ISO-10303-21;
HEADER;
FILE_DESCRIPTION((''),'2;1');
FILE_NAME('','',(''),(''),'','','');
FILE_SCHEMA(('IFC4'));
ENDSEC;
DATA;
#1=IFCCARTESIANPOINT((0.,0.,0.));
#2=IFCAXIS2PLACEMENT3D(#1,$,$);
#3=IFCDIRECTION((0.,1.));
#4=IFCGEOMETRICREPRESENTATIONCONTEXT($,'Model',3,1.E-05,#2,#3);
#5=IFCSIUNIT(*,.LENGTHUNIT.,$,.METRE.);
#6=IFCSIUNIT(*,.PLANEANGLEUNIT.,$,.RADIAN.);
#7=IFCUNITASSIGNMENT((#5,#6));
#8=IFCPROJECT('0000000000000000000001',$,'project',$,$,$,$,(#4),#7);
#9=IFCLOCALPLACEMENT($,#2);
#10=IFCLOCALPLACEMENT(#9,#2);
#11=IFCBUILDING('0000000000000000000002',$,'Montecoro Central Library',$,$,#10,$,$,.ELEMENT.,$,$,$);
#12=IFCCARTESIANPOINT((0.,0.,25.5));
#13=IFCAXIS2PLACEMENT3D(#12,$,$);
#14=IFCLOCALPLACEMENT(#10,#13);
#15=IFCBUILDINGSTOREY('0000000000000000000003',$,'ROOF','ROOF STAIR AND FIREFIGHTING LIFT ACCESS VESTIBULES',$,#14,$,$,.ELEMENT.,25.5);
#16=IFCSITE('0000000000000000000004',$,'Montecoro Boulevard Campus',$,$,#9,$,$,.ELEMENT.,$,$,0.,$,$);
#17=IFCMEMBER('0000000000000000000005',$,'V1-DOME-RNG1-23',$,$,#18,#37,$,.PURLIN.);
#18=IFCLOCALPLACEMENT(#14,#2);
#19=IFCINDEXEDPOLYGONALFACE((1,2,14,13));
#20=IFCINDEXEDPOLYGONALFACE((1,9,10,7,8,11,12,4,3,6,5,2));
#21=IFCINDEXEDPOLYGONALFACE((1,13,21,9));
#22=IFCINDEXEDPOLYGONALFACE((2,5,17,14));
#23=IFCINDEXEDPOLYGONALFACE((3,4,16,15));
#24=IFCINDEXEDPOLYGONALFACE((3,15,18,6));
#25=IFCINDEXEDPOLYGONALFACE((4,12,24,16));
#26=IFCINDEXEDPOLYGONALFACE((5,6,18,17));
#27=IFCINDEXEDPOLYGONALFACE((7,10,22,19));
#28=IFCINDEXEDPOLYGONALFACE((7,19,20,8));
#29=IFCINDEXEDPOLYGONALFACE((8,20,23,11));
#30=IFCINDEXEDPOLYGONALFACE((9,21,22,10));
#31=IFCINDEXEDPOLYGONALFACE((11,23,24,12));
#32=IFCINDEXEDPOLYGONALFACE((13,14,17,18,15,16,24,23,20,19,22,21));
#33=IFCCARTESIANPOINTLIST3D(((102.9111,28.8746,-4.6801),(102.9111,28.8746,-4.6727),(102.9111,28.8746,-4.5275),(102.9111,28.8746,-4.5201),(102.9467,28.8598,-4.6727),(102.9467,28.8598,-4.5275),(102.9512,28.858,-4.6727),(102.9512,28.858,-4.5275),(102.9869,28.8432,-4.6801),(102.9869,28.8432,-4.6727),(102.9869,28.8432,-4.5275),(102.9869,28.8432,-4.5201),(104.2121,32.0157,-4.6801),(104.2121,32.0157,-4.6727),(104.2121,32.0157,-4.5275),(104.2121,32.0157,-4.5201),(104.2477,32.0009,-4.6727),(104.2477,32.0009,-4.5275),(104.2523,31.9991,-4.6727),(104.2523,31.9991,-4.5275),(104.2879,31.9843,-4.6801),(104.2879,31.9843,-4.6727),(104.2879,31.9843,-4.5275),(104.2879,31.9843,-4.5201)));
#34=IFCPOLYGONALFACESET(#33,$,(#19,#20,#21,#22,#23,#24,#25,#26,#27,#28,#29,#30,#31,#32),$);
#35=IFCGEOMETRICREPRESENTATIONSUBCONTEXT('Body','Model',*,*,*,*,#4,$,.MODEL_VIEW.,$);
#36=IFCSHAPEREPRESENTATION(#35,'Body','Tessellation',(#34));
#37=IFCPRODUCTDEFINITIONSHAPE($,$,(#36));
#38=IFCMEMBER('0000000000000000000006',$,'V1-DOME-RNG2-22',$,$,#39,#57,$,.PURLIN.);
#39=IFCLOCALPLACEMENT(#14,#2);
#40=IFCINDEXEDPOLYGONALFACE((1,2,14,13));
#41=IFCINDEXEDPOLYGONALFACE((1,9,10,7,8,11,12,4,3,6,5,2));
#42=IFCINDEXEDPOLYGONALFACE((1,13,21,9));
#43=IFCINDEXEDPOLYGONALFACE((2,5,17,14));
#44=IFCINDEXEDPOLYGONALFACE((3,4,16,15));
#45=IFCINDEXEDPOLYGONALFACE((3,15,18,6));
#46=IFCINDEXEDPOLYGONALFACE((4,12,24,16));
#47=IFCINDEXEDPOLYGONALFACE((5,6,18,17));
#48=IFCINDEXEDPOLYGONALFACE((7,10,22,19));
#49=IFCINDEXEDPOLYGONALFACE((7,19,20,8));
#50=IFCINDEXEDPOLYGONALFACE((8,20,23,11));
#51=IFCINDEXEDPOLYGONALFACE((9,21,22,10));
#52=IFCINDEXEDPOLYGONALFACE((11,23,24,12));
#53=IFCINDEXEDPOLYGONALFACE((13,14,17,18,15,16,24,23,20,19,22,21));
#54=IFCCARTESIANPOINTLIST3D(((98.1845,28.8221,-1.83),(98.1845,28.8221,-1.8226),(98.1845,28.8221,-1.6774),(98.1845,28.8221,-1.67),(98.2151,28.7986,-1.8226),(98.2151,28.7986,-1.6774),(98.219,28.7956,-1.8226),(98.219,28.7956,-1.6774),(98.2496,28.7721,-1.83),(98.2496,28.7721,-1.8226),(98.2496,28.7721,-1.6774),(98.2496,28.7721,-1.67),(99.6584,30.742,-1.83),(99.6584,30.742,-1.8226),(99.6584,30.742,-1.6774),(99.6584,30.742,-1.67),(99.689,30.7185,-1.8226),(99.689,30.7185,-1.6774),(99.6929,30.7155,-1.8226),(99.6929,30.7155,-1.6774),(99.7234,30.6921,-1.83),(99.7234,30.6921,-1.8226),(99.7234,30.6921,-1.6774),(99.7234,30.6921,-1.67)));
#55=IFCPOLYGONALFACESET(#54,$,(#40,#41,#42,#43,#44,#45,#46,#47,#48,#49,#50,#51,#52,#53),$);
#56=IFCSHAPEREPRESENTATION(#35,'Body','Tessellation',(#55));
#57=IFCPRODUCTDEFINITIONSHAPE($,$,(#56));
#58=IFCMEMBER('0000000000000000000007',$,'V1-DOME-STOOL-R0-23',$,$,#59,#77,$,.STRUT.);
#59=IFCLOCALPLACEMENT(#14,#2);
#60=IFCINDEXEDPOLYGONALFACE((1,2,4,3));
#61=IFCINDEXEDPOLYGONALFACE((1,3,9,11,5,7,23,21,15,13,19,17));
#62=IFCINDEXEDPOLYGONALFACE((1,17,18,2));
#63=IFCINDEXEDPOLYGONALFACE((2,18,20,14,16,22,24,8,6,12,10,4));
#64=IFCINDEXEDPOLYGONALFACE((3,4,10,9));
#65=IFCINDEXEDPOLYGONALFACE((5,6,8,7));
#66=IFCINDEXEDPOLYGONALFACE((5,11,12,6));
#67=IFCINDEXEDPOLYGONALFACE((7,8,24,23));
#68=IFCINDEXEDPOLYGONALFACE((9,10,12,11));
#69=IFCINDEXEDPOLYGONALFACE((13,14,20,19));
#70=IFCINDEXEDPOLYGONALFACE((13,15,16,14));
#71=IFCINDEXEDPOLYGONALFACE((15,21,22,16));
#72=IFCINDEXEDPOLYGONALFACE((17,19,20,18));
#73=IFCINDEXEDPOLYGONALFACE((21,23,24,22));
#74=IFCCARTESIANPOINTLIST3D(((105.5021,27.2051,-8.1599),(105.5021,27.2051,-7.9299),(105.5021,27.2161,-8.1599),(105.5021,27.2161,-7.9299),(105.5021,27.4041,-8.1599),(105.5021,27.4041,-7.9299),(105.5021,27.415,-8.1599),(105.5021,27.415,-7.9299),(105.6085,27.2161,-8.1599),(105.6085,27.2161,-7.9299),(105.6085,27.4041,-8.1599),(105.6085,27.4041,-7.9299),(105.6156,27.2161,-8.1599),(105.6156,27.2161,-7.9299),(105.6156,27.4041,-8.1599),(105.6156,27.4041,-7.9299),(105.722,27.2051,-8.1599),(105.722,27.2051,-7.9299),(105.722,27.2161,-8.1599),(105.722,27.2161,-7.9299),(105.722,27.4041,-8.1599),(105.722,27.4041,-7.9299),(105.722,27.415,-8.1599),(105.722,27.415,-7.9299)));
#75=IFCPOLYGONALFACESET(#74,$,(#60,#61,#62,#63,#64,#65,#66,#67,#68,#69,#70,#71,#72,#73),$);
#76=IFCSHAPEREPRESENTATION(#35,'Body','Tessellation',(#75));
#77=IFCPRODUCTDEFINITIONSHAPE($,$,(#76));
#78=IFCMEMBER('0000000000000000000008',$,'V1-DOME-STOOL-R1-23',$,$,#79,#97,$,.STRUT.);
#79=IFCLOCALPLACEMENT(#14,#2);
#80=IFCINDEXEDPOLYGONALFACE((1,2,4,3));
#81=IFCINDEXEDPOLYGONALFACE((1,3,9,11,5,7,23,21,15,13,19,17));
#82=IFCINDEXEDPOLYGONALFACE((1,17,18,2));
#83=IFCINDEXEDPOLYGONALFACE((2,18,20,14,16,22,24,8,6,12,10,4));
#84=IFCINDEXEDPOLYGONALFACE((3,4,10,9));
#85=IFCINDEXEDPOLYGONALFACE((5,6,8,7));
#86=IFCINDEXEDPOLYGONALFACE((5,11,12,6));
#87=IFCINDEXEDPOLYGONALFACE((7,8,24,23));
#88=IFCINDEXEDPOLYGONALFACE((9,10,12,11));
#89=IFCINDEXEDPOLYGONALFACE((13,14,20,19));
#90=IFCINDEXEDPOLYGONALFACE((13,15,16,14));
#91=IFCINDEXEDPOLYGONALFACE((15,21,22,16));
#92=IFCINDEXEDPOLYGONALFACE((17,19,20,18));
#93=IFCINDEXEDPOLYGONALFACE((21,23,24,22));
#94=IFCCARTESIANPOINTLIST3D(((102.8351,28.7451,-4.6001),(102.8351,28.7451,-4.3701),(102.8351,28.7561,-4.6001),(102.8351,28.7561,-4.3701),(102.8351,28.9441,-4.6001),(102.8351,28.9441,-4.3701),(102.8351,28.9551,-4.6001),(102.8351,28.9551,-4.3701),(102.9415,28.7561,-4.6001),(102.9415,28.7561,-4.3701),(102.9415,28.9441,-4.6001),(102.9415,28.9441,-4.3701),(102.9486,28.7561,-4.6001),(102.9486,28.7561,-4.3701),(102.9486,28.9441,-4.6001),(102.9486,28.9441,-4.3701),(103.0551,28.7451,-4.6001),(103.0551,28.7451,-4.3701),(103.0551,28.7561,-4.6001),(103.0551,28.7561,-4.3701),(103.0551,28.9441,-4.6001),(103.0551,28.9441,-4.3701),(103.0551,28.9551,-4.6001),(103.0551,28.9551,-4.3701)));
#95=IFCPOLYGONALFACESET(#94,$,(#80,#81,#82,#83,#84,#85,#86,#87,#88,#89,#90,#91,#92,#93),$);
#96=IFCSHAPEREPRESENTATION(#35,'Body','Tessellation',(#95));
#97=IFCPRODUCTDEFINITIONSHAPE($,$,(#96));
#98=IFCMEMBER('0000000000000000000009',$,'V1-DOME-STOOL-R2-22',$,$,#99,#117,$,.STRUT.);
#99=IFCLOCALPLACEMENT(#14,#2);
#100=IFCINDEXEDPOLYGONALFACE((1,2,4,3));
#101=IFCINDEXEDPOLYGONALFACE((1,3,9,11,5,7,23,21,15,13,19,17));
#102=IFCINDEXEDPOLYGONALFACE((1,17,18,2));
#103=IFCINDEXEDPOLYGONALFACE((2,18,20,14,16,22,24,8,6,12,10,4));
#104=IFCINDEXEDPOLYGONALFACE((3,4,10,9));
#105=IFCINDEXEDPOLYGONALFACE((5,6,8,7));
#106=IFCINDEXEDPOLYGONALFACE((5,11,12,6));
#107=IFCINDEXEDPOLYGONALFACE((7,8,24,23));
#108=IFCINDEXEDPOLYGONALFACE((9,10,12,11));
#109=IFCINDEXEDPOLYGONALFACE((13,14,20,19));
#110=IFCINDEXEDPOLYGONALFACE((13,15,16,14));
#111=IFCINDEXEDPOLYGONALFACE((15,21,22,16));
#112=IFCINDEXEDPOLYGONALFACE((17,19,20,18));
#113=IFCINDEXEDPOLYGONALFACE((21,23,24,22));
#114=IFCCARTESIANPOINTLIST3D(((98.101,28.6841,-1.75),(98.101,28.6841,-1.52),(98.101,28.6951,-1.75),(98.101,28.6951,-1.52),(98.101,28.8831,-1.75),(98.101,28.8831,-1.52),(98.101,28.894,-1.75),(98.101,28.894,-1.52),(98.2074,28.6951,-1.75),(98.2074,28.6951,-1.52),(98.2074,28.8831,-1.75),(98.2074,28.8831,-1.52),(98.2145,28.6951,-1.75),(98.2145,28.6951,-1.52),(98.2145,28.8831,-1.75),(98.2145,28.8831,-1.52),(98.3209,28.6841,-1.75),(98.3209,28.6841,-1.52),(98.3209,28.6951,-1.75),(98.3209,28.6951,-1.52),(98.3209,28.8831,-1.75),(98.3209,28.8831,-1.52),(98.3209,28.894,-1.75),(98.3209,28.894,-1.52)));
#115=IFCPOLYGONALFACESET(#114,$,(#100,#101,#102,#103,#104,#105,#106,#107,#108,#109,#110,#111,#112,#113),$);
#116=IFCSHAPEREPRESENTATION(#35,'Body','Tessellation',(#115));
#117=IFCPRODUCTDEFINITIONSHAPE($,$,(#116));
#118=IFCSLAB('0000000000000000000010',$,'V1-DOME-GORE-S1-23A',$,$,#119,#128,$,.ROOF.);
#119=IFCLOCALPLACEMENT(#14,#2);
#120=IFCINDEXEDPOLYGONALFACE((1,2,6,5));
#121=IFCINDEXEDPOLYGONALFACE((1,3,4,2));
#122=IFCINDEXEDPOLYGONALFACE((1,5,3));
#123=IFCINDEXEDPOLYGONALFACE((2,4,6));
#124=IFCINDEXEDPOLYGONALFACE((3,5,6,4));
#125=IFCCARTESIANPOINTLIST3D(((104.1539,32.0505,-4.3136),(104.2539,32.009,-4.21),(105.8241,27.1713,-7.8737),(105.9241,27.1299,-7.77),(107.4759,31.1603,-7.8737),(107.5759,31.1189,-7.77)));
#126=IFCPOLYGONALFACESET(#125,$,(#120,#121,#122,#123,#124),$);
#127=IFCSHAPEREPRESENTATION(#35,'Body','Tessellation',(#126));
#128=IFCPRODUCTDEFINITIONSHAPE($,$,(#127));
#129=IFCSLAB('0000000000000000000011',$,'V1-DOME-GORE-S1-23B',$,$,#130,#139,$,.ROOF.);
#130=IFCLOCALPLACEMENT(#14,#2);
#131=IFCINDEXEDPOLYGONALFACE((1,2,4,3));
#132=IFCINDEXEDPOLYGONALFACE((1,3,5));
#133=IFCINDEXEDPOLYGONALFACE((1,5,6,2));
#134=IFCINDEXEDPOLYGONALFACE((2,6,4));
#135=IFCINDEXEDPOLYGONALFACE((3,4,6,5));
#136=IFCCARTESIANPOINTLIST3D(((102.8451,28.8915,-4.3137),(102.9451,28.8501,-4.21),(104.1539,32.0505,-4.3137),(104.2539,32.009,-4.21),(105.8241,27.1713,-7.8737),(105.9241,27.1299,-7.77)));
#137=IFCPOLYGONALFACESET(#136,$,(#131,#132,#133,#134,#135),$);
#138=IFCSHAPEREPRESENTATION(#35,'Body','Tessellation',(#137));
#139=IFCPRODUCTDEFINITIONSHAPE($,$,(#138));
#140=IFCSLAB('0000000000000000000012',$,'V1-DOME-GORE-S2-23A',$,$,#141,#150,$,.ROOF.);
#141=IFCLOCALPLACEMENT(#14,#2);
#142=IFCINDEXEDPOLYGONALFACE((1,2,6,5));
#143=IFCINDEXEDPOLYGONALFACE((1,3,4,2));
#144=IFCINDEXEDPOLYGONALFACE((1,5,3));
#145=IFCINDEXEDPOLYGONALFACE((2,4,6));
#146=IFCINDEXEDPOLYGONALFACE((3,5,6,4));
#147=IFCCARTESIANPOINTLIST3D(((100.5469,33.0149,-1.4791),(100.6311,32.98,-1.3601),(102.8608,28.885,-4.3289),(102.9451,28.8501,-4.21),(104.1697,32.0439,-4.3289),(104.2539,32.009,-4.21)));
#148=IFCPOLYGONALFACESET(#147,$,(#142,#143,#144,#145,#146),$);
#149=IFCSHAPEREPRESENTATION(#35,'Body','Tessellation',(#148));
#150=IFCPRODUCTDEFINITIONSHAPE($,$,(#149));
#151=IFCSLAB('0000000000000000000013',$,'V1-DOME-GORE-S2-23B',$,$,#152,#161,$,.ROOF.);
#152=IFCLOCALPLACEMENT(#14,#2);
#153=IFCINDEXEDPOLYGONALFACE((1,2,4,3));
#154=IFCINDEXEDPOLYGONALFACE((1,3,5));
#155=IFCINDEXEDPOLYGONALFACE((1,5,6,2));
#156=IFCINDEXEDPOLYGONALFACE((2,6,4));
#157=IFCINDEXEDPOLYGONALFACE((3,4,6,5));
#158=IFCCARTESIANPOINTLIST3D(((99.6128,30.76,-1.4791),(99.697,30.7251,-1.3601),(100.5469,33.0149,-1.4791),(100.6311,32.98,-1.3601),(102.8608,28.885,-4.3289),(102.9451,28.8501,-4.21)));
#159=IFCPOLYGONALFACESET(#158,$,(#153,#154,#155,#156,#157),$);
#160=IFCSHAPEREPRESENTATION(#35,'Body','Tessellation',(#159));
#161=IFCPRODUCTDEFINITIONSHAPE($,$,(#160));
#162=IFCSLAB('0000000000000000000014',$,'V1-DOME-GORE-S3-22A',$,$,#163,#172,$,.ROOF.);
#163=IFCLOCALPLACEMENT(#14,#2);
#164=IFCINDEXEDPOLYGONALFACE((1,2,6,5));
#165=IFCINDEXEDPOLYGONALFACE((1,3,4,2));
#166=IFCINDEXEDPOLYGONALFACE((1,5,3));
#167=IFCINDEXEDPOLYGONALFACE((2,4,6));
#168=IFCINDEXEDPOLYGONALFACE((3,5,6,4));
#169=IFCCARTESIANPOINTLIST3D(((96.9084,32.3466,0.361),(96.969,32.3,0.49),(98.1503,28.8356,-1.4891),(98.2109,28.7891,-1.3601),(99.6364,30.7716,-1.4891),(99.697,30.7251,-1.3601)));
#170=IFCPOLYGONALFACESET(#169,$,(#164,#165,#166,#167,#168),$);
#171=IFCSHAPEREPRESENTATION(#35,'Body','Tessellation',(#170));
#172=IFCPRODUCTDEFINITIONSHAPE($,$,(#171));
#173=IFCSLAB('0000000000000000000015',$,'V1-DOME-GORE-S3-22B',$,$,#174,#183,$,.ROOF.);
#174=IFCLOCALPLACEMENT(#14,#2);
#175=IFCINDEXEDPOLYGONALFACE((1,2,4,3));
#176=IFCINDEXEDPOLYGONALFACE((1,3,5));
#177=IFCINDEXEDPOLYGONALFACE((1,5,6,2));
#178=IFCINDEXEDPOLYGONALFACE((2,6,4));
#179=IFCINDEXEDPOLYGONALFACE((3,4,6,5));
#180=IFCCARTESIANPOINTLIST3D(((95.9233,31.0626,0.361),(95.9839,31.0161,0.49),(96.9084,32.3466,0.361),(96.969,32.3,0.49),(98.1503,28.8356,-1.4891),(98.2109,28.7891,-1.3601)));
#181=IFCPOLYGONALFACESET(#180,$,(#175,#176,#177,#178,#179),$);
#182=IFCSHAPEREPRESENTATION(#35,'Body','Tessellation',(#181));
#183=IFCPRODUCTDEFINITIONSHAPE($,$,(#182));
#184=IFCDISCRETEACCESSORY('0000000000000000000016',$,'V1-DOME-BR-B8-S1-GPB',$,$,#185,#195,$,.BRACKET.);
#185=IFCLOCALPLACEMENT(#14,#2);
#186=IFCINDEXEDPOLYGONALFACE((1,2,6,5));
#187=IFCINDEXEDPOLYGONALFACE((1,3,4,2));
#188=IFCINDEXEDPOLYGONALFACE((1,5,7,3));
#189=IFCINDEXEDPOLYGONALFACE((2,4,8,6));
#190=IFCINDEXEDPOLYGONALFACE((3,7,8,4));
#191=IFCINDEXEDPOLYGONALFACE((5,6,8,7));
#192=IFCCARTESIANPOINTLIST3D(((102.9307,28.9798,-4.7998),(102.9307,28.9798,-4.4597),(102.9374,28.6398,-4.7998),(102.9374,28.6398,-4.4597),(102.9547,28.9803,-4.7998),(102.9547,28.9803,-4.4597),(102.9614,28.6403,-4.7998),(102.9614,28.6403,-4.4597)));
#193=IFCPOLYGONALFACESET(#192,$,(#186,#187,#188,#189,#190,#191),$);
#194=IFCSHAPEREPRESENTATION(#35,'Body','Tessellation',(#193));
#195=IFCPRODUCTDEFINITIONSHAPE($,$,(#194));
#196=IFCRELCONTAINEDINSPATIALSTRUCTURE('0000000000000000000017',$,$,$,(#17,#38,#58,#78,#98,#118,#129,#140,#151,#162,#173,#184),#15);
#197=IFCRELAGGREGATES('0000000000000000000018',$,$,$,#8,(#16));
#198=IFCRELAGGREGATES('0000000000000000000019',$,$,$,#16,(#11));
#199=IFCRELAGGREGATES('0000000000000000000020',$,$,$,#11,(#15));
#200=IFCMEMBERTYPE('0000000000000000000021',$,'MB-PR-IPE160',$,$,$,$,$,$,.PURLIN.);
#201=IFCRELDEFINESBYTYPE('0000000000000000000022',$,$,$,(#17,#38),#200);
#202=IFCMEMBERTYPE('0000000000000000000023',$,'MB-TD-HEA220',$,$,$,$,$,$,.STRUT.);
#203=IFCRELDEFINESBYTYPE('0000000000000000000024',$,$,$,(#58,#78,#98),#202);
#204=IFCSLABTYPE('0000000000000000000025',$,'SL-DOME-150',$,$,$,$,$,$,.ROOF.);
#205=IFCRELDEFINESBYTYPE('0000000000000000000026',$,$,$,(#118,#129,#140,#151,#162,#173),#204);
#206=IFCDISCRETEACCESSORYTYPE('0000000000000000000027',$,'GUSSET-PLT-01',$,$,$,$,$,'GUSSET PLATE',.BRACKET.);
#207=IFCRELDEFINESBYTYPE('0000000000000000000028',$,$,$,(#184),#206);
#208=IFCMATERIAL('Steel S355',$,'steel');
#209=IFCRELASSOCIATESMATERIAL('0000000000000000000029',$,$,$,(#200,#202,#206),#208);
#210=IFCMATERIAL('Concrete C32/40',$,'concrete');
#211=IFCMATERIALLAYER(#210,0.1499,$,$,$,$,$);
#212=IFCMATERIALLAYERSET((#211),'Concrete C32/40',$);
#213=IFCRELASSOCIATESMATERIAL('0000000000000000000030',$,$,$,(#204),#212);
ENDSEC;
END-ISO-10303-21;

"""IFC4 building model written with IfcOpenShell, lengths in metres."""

from ifc_helpers import new_model, si_unit, direction, frame, origin, origin_2d, place, context, subcontext, project, spatial, polyline, rectangle, i_section, outline, extrude, material, layer, layer_set, material_profile, profile_set, type_object, element, save


model = new_model("IFC4")

# Units and contexts
model_context = context("Model", 3, precision=1e-05, world=origin(), true_north=direction((0.0, 1.0)))
body_context = subcontext(model_context, "Body", "Model", "MODEL_VIEW")
ifc_project = project(units=[si_unit("LENGTHUNIT", "METRE"), si_unit("PLANEANGLEUNIT", "RADIAN")], contexts=[model_context])

# Site, building, storey
site_placement = place(None, origin())
site = spatial("IfcSite", under=ifc_project, at=site_placement, Name="Montecoro Boulevard Campus", CompositionType="ELEMENT", RefElevation=0.0)
building_placement = place(site_placement, origin())
building = spatial("IfcBuilding", under=site, at=building_placement, Name="Montecoro Central Library", CompositionType="ELEMENT")
storey_placement = place(building_placement, frame((0.0, 0.0, 25.5)))
storey = spatial("IfcBuildingStorey", under=building, at=storey_placement, Name="ROOF", Description="ROOF STAIR AND FIREFIGHTING LIFT ACCESS VESTIBULES", CompositionType="ELEMENT", Elevation=25.5)

# Members
ifc_material_1 = material(Name="Steel S355", Category="steel")
ifc_material_profile_1 = material_profile(ifc_material_1, i_section(OverallWidth=0.082, OverallDepth=0.1599, WebThickness=0.0049, FlangeThickness=0.0073, at=origin_2d()), Name="IPE 160")
ifc_profile_set_1 = profile_set([ifc_material_profile_1], Name="Steel S355")
member_type_1 = type_object("IfcMemberType", Name="MB-PR-IPE160", PredefinedType="PURLIN", material=ifc_profile_set_1)
for number, where, z_axis, x_axis, name in (
    (1, (102.949, 28.8589, -4.6001), (0.382667, 0.923886, 0.0), (-0.923886, 0.382667, 0.0), "V1-DOME-RNG1-23"),
):
    element("IfcMember", number, at=place(storey_placement, frame(where, z_axis=z_axis, x_axis=x_axis)), inside=storey, type_object=member_type_1, Name=name, PredefinedType="PURLIN", context=body_context, shape_type="SweptSolid", body=[
        extrude(i_section(OverallWidth=0.082, OverallDepth=0.1599, WebThickness=0.0049, FlangeThickness=0.0073, at=origin_2d()), origin(), (0.0, 0.0, 1.0), 3.3999),
    ])
member_1_placement = place(storey_placement, frame((98.217, 28.7971, -1.75), z_axis=(0.608935, 0.79322, 0.0), x_axis=(-0.79322, 0.608935, 0.0)))
element("IfcMember", 2, at=member_1_placement, inside=storey, type_object=member_type_1, Name="V1-DOME-RNG2-22", PredefinedType="PURLIN", context=body_context, shape_type="SweptSolid", body=[
    extrude(i_section(OverallWidth=0.082, OverallDepth=0.1599, WebThickness=0.0049, FlangeThickness=0.0073, at=origin_2d()), origin(), (0.0, 0.0, 1.0), 2.4204),
])
ifc_material_profile_2 = material_profile(ifc_material_1, i_section(OverallWidth=0.22, OverallDepth=0.21, WebThickness=0.0071, FlangeThickness=0.011, at=origin_2d()), Name="HEA 220")
ifc_profile_set_2 = profile_set([ifc_material_profile_2], Name="Steel S355")
member_type_2 = type_object("IfcMemberType", Name="MB-TD-HEA220", PredefinedType="STRUT", material=ifc_profile_set_2)
for number, where, z_axis, x_axis, name in (
    (3, (105.6121, 27.3101, -8.1599), (0.0, 0.0, 1.0), (1.0, 0.0, 0.0), "V1-DOME-STOOL-R0-23"),
    (4, (102.9451, 28.8501, -4.6001), (0.0, 0.0, 1.0), (1.0, 0.0, 0.0), "V1-DOME-STOOL-R1-23"),
    (5, (98.2109, 28.7891, -1.75), (0.0, 0.0, 1.0), (1.0, 0.0, 0.0), "V1-DOME-STOOL-R2-22"),
):
    element("IfcMember", number, at=place(storey_placement, frame(where, z_axis=z_axis, x_axis=x_axis)), inside=storey, type_object=member_type_2, Name=name, PredefinedType="STRUT", context=body_context, shape_type="SweptSolid", body=[
        extrude(i_section(OverallWidth=0.22, OverallDepth=0.21, WebThickness=0.0071, FlangeThickness=0.011, at=origin_2d()), origin(), (0.0, 0.0, 1.0), 0.23),
    ])

# Slabs
ifc_material_2 = material(Name="Concrete C32/40", Category="concrete")
ifc_layer = layer(ifc_material_2, 0.1499)
ifc_layer_set = layer_set([ifc_layer], Name="Concrete C32/40")
slab_type = type_object("IfcSlabType", Name="SL-DOME-150", PredefinedType="ROOF", material=ifc_layer_set)
slab_1_placement = place(storey_placement, frame((105.9241, 27.1299, -7.77), z_axis=(0.667234, -0.276302, 0.691705), x_axis=(0.382595, 0.923916, 0.0)))
element("IfcSlab", 6, at=slab_1_placement, inside=storey, type_object=slab_type, Name="V1-DOME-GORE-S1-23A", PredefinedType="ROOF", context=body_context, shape_type="SweptSolid", body=[
    extrude(outline(polyline([(0.0, 0.0), (4.3175, 0.0), (3.8689, 4.9296), (0.0, 0.0)])), origin(), (0.0, 0.0, -1.0), 0.1499),
])
slab_2_placement = place(storey_placement, frame((105.9241, 27.1299, -7.77), z_axis=(0.66711, -0.276403, 0.691785), x_axis=(-0.266521, 0.778603, 0.568106)))
element("IfcSlab", 7, at=slab_2_placement, inside=storey, type_object=slab_type, Name="V1-DOME-GORE-S1-23B", PredefinedType="ROOF", context=body_context, shape_type="SweptSolid", body=[
    extrude(outline(polyline([(0.0, 0.0), (6.2665, 0.0), (4.1558, 2.6901), (0.0, 0.0)])), origin(), (0.0, 0.0, -1.0), 0.1499),
])
slab_3_placement = place(storey_placement, frame((102.9451, 28.8501, -4.21), z_axis=(0.561966, -0.232839, 0.793713), x_axis=(0.382774, 0.923842, 0.0)))
element("IfcSlab", 8, at=slab_3_placement, inside=storey, type_object=slab_type, Name="V1-DOME-GORE-S2-23A", PredefinedType="ROOF", context=body_context, shape_type="SweptSolid", body=[
    extrude(outline(polyline([(0.0, 0.0), (3.4193, 0.0), (2.9296, 4.685), (0.0, 0.0)])), origin(), (0.0, 0.0, -1.0), 0.1499),
])
slab_4_placement = place(storey_placement, frame((102.9451, 28.8501, -4.21), z_axis=(0.562001, -0.232808, 0.793697), x_axis=(-0.418773, 0.747412, 0.515756)))
element("IfcSlab", 9, at=slab_4_placement, inside=storey, type_object=slab_type, Name="V1-DOME-GORE-S2-23B", PredefinedType="ROOF", context=body_context, shape_type="SweptSolid", body=[
    extrude(outline(polyline([(0.0, 0.0), (5.5256, 0.0), (4.2314, 2.0693), (0.0, 0.0)])), origin(), (0.0, 0.0, -1.0), 0.1499),
])
slab_5_placement = place(storey_placement, frame((98.2109, 28.7891, -1.3601), z_axis=(0.404311, -0.310345, 0.86036), x_axis=(0.608893, 0.793252, 0.0)))
element("IfcSlab", 10, at=slab_5_placement, inside=storey, type_object=slab_type, Name="V1-DOME-GORE-S3-22A", PredefinedType="ROOF", context=body_context, shape_type="SweptSolid", body=[
    extrude(outline(polyline([(0.0, 0.0), (2.4406, 0.0), (2.0289, 3.6299), (0.0, 0.0)])), origin(), (0.0, 0.0, -1.0), 0.1499),
])
slab_6_placement = place(storey_placement, frame((98.2109, 28.7891, -1.3601), z_axis=(0.404417, -0.310292, 0.860329), x_axis=(-0.298659, 0.844311, 0.444906)))
element("IfcSlab", 11, at=slab_6_placement, inside=storey, type_object=slab_type, Name="V1-DOME-GORE-S3-22B", PredefinedType="ROOF", context=body_context, shape_type="SweptSolid", body=[
    extrude(outline(polyline([(0.0, 0.0), (4.1584, 0.0), (3.3686, 1.4125), (0.0, 0.0)])), origin(), (0.0, 0.0, -1.0), 0.1499),
])

# Discrete accessory
discrete_accessory_type = type_object("IfcDiscreteAccessoryType", Name="GUSSET-PLT-01", ElementType="GUSSET PLATE", PredefinedType="BRACKET", material=ifc_material_1)
for number, where, z_axis, x_axis, name in (
    (12, (102.946, 28.8101, -4.7998), (0.0, 0.0, 1.0), (-0.019721, 0.999806, 0.0), "V1-DOME-BR-B8-S1-GPB"),
):
    element("IfcDiscreteAccessory", number, at=place(storey_placement, frame(where, z_axis=z_axis, x_axis=x_axis)), inside=storey, type_object=discrete_accessory_type, Name=name, PredefinedType="BRACKET", context=body_context, shape_type="SweptSolid", body=[
        extrude(rectangle(XDim=0.3401, YDim=0.0239, at=origin_2d()), origin(), (0.0, 0.0, 1.0), 0.3401),
    ])

save(model, "model.ifc")
